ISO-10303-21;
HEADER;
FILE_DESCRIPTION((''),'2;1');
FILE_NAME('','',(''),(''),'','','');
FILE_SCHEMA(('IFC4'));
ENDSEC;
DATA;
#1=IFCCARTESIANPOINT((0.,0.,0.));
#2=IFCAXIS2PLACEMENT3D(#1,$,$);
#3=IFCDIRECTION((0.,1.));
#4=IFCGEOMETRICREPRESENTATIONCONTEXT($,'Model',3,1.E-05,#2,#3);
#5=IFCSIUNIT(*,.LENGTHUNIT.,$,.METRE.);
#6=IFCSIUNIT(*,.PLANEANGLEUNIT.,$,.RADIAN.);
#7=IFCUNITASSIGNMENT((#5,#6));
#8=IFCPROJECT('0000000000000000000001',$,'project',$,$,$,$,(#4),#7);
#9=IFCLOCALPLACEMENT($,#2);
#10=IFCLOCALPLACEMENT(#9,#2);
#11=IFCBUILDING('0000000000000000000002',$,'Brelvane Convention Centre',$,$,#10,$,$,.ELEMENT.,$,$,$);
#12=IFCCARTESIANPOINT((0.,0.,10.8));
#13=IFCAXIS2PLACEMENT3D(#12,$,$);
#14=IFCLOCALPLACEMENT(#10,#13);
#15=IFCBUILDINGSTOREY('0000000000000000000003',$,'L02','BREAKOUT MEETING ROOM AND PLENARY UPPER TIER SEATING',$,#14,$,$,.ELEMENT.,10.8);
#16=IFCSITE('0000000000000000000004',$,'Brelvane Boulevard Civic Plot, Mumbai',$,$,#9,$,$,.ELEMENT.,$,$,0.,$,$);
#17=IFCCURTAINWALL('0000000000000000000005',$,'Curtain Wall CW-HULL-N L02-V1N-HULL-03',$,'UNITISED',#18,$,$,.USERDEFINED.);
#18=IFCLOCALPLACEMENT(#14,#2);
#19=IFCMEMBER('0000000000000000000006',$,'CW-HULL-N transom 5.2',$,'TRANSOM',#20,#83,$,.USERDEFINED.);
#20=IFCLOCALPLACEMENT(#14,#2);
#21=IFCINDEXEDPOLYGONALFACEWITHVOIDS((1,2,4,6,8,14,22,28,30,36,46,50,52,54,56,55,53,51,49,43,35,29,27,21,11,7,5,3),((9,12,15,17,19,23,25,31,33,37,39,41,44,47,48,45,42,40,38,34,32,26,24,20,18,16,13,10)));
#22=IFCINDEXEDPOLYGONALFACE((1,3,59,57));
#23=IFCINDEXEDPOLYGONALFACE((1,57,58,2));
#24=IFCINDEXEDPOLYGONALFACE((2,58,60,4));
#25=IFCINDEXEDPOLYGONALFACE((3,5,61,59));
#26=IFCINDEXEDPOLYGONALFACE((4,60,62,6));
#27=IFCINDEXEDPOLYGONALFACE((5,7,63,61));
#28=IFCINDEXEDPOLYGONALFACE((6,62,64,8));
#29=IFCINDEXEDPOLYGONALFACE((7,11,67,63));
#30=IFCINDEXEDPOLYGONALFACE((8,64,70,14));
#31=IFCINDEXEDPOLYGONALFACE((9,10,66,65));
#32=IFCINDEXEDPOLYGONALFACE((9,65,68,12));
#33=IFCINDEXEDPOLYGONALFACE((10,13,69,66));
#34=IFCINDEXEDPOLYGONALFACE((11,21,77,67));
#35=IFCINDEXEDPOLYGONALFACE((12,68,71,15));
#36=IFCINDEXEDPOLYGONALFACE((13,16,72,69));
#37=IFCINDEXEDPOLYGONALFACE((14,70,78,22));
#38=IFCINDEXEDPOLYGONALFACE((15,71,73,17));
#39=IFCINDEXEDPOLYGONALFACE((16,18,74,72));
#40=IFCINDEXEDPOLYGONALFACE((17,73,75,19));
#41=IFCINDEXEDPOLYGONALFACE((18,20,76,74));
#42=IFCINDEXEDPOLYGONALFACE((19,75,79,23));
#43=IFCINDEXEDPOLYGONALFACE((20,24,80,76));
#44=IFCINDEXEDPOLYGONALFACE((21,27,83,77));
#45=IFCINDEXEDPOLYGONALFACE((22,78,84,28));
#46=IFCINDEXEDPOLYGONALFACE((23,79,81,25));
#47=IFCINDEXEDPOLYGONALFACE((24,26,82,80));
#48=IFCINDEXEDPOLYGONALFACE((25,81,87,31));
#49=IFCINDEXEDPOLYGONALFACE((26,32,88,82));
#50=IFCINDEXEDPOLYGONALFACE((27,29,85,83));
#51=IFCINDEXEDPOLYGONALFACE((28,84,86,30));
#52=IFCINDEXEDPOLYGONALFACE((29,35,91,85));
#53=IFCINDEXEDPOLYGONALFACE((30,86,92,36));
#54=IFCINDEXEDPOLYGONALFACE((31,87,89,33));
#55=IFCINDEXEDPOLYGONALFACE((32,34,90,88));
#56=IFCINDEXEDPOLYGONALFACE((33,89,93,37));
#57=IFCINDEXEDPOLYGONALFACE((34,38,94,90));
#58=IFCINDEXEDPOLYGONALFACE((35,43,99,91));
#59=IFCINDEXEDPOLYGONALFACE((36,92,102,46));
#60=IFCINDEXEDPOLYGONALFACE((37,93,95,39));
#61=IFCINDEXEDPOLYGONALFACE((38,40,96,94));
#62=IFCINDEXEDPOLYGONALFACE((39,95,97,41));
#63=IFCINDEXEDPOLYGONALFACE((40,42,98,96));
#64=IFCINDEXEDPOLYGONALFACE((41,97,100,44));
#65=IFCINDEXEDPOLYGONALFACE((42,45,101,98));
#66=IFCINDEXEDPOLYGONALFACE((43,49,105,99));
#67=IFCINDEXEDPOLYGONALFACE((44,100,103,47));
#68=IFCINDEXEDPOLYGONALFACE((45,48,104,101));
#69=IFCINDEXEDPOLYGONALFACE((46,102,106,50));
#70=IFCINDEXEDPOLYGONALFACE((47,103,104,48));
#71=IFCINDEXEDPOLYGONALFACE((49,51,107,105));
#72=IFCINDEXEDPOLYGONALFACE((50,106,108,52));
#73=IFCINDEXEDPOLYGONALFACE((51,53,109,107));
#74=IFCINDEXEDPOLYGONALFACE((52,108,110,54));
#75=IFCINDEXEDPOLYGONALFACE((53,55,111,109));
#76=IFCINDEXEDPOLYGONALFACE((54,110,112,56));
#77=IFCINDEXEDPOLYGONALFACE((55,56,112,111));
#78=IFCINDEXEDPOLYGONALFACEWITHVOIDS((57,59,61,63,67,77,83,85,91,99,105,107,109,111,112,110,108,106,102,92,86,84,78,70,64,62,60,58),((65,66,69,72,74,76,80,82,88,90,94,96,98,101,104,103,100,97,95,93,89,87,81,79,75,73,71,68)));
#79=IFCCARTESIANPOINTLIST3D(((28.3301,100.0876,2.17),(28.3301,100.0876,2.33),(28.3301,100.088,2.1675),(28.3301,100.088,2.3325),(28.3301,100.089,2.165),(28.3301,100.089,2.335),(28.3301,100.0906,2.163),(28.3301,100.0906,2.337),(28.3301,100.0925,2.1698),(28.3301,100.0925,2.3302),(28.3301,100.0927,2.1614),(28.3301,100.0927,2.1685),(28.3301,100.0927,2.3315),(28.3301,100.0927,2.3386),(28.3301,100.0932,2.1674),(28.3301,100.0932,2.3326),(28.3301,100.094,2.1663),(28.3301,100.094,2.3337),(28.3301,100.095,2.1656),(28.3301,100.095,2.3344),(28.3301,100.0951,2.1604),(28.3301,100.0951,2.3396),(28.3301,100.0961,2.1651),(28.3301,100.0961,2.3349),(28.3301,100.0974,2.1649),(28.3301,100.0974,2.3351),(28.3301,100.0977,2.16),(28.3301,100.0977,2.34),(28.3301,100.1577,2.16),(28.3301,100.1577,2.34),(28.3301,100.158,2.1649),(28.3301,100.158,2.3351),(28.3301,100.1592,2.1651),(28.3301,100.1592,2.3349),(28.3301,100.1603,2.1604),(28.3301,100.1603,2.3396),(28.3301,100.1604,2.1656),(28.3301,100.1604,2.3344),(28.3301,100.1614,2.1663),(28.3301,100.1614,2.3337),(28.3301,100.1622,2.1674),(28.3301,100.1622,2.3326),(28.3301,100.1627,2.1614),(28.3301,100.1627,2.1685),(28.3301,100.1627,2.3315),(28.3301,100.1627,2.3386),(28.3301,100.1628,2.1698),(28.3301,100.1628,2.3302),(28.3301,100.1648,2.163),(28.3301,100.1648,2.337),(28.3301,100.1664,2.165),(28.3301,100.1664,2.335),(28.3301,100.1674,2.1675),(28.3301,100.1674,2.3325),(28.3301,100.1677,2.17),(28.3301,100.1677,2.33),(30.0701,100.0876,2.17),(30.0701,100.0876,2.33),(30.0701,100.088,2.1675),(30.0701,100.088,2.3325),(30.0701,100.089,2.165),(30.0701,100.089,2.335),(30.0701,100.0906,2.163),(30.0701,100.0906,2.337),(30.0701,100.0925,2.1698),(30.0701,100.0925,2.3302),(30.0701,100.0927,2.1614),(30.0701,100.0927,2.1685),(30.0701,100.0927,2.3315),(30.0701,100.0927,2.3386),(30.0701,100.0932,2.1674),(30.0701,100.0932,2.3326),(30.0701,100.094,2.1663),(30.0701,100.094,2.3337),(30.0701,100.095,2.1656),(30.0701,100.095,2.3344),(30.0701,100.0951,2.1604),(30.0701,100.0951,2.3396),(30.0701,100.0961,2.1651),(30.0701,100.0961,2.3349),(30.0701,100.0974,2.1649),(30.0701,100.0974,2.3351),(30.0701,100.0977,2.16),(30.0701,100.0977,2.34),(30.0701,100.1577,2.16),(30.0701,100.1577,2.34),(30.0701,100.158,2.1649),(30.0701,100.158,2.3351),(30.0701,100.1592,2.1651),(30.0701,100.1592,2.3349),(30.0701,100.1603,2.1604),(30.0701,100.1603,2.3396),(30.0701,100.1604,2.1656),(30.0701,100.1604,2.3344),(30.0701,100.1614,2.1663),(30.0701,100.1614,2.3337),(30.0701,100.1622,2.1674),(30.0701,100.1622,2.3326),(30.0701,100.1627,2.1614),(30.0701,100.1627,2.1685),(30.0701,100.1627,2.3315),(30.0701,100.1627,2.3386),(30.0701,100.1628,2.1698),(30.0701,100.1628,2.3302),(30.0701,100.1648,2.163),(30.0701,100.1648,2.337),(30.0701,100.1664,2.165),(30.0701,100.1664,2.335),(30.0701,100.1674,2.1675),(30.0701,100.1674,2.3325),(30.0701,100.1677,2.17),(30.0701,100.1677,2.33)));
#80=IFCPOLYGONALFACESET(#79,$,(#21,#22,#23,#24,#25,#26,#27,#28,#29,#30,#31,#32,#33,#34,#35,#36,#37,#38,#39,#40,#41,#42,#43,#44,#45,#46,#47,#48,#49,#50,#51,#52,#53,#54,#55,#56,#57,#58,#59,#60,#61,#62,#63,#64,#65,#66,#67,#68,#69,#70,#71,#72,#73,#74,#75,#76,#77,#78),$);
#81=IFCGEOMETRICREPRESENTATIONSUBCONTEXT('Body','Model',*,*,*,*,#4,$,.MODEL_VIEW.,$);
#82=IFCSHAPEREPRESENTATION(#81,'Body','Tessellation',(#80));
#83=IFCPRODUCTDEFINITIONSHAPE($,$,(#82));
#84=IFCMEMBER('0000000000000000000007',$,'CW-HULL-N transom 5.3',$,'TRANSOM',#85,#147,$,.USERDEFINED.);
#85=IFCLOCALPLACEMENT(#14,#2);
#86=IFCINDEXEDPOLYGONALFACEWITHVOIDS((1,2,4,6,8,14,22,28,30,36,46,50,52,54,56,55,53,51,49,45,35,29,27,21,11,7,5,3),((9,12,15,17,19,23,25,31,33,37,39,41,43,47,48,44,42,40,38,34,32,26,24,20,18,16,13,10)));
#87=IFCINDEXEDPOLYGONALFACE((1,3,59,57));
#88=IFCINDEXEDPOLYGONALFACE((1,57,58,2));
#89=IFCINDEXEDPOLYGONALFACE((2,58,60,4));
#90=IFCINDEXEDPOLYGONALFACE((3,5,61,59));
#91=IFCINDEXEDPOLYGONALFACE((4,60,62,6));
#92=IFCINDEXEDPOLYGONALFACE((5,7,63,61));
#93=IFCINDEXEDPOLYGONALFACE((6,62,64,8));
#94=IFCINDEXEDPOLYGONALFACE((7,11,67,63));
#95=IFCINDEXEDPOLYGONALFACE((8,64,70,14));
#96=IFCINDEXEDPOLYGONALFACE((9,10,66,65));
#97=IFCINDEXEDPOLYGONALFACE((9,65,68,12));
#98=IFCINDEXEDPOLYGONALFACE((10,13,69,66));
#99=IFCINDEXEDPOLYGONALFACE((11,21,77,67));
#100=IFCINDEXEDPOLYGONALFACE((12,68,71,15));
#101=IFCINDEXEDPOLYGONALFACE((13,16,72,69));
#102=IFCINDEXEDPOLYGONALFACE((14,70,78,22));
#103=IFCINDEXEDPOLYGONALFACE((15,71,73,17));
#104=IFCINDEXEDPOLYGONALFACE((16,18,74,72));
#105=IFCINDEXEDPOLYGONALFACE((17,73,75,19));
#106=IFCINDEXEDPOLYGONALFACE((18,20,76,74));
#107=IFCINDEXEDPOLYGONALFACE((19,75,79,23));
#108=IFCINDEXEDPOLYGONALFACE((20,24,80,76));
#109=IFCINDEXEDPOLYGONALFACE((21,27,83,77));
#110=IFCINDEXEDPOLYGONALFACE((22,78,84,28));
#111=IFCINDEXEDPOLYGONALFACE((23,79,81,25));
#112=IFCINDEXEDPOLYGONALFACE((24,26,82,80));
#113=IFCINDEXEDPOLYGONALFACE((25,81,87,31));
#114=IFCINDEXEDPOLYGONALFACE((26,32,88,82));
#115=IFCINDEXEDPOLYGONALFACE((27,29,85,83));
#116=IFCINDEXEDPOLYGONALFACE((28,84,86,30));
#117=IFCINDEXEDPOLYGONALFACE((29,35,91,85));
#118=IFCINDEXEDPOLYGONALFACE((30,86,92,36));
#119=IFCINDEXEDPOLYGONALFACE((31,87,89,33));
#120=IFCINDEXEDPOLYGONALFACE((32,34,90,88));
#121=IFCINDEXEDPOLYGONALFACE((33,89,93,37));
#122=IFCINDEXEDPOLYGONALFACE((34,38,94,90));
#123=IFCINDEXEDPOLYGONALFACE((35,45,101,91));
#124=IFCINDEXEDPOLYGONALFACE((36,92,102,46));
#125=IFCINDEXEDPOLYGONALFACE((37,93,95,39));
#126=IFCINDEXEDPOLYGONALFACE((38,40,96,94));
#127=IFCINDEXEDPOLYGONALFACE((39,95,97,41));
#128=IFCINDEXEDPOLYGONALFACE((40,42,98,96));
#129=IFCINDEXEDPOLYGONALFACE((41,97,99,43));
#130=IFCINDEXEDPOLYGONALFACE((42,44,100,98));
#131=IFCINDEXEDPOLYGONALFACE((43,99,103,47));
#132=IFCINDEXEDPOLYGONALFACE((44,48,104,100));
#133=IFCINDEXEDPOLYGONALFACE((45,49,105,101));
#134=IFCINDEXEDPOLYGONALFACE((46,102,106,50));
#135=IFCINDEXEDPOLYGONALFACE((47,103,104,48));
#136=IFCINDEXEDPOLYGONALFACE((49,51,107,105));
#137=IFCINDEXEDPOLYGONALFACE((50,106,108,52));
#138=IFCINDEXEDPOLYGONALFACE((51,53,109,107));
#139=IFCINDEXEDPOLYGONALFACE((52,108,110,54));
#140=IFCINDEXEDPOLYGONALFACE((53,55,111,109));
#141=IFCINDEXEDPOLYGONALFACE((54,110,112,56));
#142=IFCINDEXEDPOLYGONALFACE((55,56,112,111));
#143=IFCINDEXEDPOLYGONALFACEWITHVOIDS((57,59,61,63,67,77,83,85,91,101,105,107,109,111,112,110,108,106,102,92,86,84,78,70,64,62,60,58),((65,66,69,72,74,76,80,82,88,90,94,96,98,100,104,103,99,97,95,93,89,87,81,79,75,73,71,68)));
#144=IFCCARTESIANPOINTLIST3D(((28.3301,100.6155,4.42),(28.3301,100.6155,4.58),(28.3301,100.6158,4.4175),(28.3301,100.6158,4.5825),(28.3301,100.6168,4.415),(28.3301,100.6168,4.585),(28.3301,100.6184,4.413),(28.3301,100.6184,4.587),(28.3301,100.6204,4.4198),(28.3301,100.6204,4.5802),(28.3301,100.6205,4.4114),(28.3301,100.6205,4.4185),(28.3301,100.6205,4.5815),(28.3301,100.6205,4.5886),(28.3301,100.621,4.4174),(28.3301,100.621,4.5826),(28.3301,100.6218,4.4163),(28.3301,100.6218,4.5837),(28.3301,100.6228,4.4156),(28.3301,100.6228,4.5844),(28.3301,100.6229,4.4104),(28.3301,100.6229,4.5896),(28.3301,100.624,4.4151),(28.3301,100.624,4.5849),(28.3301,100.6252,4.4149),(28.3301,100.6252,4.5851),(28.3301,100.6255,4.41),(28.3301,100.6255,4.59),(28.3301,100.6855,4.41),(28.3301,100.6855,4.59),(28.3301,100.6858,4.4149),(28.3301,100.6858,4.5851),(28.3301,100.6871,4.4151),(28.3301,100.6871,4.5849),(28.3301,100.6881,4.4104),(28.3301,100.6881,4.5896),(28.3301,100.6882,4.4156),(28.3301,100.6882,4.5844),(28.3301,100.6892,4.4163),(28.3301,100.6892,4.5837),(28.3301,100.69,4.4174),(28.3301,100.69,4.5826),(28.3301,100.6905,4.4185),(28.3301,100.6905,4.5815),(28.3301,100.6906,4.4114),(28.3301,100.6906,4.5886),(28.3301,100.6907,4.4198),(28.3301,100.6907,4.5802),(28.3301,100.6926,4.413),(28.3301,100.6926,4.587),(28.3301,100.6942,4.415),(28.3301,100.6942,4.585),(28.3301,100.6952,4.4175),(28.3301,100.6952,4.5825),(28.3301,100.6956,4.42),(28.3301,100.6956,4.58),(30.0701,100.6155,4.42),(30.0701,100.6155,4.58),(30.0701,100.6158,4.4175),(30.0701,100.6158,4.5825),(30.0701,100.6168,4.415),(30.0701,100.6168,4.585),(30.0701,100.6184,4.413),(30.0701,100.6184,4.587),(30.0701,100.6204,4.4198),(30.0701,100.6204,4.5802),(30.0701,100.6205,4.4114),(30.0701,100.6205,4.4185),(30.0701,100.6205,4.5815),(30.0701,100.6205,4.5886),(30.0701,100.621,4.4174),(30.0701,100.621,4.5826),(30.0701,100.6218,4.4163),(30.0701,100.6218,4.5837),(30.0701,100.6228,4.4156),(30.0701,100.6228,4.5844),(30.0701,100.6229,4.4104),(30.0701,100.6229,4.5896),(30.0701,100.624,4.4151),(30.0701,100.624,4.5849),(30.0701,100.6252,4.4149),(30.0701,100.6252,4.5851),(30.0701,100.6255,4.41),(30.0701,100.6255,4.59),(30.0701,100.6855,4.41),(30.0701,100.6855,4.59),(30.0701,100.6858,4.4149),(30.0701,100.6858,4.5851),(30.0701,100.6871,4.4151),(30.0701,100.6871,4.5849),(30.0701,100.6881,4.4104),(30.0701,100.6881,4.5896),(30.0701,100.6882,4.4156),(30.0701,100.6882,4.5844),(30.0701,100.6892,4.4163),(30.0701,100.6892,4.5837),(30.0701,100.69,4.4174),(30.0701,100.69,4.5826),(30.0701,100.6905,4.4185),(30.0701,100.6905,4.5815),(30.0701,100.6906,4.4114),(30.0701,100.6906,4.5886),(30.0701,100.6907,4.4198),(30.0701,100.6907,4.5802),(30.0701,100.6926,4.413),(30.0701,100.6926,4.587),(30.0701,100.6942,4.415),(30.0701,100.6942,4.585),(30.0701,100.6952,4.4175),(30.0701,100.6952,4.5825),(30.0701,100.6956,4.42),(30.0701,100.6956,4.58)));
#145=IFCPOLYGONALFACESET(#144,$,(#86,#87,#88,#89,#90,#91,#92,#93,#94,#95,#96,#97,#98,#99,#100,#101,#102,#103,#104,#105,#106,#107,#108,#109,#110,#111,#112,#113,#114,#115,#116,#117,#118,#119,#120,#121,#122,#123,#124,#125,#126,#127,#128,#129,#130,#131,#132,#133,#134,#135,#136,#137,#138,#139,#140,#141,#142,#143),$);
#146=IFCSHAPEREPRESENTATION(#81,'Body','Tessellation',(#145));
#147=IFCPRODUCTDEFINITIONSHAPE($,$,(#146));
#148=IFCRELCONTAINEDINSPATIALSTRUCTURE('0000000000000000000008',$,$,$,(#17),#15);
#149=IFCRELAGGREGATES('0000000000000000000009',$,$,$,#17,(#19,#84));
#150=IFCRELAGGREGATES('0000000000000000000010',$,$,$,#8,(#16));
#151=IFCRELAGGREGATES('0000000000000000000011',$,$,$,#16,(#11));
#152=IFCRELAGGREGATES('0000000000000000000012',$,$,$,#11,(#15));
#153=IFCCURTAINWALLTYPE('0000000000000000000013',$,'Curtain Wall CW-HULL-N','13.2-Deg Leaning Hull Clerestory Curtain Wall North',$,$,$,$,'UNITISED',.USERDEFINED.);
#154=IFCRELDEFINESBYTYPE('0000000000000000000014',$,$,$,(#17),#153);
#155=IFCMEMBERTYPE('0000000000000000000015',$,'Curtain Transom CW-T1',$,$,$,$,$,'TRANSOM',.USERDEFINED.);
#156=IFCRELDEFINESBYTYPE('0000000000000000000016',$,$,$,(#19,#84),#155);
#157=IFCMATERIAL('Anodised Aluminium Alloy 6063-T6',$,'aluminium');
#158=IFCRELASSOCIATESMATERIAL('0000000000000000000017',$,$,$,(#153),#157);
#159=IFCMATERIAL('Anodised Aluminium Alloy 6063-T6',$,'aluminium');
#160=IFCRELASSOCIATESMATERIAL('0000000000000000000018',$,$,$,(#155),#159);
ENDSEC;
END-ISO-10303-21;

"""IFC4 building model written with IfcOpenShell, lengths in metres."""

from ifc_helpers import new_model, si_unit, direction, frame, origin, origin_2d, place, context, subcontext, project, spatial, hollow_rectangle, extrude, material, material_profile, profile_set, type_object, element, aggregate, save


model = new_model("IFC4")

# Units and contexts
model_context = context("Model", 3, precision=1e-05, world=origin(), true_north=direction((0.0, 1.0)))
body_context = subcontext(model_context, "Body", "Model", "MODEL_VIEW")
ifc_project = project(units=[si_unit("LENGTHUNIT", "METRE"), si_unit("PLANEANGLEUNIT", "RADIAN")], contexts=[model_context])

# Site, building, storey
site_placement = place(None, origin())
site = spatial("IfcSite", under=ifc_project, at=site_placement, Name="Brelvane Boulevard Civic Plot, Mumbai", CompositionType="ELEMENT", RefElevation=0.0)
building_placement = place(site_placement, origin())
building = spatial("IfcBuilding", under=site, at=building_placement, Name="Brelvane Convention Centre", CompositionType="ELEMENT")
storey_placement = place(building_placement, frame((0.0, 0.0, 10.8)))
storey = spatial("IfcBuildingStorey", under=building, at=storey_placement, Name="L02", Description="BREAKOUT MEETING ROOM AND PLENARY UPPER TIER SEATING", CompositionType="ELEMENT", Elevation=10.8)

# Curtain wall
ifc_material_1 = material(Name="Anodised Aluminium Alloy 6063-T6", Category="aluminium")
curtain_wall_type_1 = type_object("IfcCurtainWallType", Name="Curtain Wall CW-HULL-N", Description="13.2-Deg Leaning Hull Clerestory Curtain Wall North", ElementType="UNITISED", PredefinedType="USERDEFINED", material=ifc_material_1)
curtain_wall_1_placement = place(storey_placement, origin())
curtain_wall_1 = element("IfcCurtainWall", 1, at=curtain_wall_1_placement, inside=storey, type_object=curtain_wall_type_1, Name="Curtain Wall CW-HULL-N L02-V1N-HULL-03", ObjectType="UNITISED", PredefinedType="USERDEFINED")

# Members
ifc_material_2 = material(Name="Anodised Aluminium Alloy 6063-T6", Category="aluminium")
ifc_material_profile_1 = material_profile(ifc_material_2, hollow_rectangle(XDim=0.0801, YDim=0.1799, WallThickness=0.0049, InnerFilletRadius=0.0049, OuterFilletRadius=0.01, at=origin_2d()), Name="ALU-T 180x80x5.0")
ifc_profile_set_1 = profile_set([ifc_material_profile_1], Name="Anodised Aluminium Alloy 6063-T6")
member_type_1 = type_object("IfcMemberType", Name="Curtain Transom CW-T1", ElementType="TRANSOM", PredefinedType="USERDEFINED", material=ifc_profile_set_1)
member_1_placement = place(storey_placement, frame((28.3301, 100.1277, 2.25), z_axis=(1.0, 0.0, 0.0), x_axis=(0.0, 1.0, 0.0)))
member_1 = element("IfcMember", 2, at=member_1_placement, type_object=member_type_1, Name="CW-HULL-N transom 5.2", ObjectType="TRANSOM", PredefinedType="USERDEFINED", context=body_context, shape_type="SweptSolid", body=[
    extrude(hollow_rectangle(XDim=0.0801, YDim=0.1799, WallThickness=0.0049, InnerFilletRadius=0.0049, OuterFilletRadius=0.01, at=origin_2d()), origin(), (0.0, 0.0, 1.0), 1.74),
])
member_2_placement = place(storey_placement, frame((28.3301, 100.6555, 4.5), z_axis=(1.0, 0.0, 0.0), x_axis=(0.0, 1.0, 0.0)))
member_2 = element("IfcMember", 3, at=member_2_placement, type_object=member_type_1, Name="CW-HULL-N transom 5.3", ObjectType="TRANSOM", PredefinedType="USERDEFINED", context=body_context, shape_type="SweptSolid", body=[
    extrude(hollow_rectangle(XDim=0.0801, YDim=0.1799, WallThickness=0.0049, InnerFilletRadius=0.0049, OuterFilletRadius=0.01, at=origin_2d()), origin(), (0.0, 0.0, 1.0), 1.74),
])

aggregate(curtain_wall_1, [member_1, member_2])

save(model, "model.ifc")
